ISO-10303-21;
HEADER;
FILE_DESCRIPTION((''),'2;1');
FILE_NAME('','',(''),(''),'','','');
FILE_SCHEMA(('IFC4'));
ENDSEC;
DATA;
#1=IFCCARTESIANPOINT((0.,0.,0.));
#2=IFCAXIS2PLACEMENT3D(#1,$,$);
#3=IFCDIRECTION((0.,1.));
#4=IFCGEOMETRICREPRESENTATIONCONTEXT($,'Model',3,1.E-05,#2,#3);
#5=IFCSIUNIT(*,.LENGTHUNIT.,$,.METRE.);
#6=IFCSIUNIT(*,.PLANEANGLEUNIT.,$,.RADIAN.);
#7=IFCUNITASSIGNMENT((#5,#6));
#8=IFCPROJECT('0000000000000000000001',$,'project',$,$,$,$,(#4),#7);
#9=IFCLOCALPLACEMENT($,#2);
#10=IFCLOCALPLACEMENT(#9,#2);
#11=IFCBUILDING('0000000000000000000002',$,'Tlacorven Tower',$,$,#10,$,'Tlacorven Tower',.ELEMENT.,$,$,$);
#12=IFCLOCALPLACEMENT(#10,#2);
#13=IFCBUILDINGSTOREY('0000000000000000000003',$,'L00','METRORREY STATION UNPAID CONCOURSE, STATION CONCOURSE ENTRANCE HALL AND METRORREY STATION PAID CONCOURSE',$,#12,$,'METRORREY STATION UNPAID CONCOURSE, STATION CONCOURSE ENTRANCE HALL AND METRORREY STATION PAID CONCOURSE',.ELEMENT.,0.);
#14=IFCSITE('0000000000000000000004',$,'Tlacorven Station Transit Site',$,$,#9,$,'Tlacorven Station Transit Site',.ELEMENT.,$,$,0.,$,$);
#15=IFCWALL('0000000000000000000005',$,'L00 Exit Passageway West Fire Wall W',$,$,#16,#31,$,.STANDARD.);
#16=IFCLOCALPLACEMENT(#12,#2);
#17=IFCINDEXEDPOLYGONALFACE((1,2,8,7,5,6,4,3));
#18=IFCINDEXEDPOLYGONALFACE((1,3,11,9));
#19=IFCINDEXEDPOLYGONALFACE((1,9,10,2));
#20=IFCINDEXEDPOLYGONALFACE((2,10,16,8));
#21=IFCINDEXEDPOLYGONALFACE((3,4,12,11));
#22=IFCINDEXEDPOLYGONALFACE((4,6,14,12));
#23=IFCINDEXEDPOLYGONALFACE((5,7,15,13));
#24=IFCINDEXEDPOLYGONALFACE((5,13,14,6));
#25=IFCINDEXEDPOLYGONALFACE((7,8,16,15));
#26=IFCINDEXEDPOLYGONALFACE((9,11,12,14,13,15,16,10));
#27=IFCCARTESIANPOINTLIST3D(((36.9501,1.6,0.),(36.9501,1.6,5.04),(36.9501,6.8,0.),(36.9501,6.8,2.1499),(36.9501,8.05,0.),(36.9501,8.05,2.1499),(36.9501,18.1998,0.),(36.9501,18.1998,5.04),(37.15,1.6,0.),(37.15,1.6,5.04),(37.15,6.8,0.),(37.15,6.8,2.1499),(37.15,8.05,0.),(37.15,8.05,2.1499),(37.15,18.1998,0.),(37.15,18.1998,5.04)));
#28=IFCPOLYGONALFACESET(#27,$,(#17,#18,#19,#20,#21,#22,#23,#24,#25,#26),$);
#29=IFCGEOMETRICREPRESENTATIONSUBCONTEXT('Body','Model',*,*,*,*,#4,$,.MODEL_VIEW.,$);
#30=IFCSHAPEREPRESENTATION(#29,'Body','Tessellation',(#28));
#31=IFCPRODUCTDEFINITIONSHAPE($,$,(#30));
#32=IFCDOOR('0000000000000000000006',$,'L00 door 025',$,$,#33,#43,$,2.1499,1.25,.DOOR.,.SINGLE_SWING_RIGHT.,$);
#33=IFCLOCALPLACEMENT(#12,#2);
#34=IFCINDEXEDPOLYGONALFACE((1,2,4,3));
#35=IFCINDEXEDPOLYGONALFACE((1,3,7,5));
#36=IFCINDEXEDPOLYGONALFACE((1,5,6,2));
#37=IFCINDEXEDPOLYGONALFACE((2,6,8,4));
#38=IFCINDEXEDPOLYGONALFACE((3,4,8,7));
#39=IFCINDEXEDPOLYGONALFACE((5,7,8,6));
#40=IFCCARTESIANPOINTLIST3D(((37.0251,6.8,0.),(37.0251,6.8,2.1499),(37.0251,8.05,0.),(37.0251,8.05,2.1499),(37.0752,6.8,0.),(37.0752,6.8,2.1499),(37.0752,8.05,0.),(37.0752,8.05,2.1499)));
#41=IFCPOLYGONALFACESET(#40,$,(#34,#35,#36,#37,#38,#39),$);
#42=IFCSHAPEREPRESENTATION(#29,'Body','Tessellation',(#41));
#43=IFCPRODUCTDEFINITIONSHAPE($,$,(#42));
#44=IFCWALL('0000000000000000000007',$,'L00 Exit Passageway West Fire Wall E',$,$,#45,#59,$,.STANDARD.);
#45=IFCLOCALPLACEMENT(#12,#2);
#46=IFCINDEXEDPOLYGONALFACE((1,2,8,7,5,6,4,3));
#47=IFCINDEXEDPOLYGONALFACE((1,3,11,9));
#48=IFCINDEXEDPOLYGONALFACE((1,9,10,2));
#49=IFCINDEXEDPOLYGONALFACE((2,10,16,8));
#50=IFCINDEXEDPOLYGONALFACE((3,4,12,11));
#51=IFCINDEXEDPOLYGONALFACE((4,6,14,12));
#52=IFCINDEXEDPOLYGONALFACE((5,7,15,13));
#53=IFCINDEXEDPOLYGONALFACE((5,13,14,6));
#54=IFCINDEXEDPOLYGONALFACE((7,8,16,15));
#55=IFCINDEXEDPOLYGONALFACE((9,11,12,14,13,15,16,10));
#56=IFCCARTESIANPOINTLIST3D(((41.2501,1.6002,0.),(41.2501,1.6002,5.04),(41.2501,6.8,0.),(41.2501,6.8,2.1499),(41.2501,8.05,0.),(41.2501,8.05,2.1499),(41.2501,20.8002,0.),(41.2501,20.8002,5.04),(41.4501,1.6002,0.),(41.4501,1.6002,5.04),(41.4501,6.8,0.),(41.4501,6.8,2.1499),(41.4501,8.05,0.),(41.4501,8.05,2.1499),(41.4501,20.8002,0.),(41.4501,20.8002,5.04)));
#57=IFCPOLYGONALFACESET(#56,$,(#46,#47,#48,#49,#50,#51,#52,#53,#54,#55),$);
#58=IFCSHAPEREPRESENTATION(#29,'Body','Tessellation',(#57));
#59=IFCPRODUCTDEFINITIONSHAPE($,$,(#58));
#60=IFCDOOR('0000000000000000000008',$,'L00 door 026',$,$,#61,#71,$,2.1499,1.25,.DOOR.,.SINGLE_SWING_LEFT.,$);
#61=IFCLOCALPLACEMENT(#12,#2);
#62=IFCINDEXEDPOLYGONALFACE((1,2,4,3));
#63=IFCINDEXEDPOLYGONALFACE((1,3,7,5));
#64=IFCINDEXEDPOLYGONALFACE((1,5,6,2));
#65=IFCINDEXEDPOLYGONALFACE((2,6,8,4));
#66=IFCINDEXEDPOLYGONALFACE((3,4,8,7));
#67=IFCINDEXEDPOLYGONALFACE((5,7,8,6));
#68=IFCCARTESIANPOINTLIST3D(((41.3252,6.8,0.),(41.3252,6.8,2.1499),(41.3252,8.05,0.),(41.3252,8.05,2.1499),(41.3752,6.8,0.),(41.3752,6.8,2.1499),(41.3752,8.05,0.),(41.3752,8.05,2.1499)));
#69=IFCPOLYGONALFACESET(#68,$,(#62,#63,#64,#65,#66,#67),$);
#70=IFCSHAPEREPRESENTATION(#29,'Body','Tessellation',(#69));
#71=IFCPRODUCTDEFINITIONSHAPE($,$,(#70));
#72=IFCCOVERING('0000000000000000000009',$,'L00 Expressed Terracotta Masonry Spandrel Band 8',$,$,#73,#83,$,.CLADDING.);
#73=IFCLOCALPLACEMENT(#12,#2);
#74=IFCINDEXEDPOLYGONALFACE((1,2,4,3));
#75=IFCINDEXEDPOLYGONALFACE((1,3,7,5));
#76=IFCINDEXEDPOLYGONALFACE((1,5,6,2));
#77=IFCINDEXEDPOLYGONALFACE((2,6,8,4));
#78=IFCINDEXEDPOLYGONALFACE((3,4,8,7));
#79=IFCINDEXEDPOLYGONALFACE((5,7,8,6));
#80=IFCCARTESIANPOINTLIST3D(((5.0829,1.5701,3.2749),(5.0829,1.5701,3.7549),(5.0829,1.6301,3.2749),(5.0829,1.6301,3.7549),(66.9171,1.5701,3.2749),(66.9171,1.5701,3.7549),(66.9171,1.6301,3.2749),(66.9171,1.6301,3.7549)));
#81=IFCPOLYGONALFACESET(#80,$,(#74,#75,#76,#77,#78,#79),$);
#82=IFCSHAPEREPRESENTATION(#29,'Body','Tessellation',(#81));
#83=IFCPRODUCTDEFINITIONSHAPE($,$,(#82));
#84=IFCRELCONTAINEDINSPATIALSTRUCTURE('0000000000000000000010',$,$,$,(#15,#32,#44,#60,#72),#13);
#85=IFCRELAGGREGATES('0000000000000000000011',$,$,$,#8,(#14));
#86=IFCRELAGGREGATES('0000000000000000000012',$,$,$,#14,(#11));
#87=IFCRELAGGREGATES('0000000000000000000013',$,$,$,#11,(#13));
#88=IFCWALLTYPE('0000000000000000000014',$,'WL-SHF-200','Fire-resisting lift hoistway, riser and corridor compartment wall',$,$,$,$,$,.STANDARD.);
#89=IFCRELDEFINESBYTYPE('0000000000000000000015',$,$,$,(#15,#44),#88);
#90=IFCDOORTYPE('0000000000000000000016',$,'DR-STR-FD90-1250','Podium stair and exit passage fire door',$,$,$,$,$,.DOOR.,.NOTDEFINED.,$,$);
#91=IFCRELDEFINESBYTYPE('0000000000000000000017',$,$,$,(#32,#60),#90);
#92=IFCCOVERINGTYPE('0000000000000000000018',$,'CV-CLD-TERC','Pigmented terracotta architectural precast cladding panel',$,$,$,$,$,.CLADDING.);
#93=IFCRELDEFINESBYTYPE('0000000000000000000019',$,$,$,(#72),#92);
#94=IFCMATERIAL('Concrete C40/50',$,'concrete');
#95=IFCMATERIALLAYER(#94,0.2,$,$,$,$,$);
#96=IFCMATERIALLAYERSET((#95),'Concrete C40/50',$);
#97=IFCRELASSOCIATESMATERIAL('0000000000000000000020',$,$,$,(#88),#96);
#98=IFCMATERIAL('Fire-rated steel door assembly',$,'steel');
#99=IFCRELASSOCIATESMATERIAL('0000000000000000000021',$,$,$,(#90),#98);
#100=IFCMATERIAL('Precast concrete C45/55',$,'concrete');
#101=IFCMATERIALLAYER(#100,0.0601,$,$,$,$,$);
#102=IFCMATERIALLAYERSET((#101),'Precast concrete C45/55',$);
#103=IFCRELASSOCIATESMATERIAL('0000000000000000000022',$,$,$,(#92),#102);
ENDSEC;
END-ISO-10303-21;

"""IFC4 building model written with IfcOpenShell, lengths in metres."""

from ifc_helpers import new_model, si_unit, direction, frame, frame_2d, origin, origin_2d, place, context, subcontext, project, spatial, rectangle, extrude, source, transform, mapped, material, layer, layer_set, type_object, element, fill, save


model = new_model("IFC4")

# Units and contexts
model_context = context("Model", 3, precision=1e-05, world=origin(), true_north=direction((0.0, 1.0)))
body_context = subcontext(model_context, "Body", "Model", "MODEL_VIEW")
ifc_project = project(units=[si_unit("LENGTHUNIT", "METRE"), si_unit("PLANEANGLEUNIT", "RADIAN")], contexts=[model_context])

# Site, building, storey
site_placement = place(None, origin())
site = spatial("IfcSite", under=ifc_project, at=site_placement, Name="Tlacorven Station Transit Site", LongName="Tlacorven Station Transit Site", CompositionType="ELEMENT", RefElevation=0.0)
building_placement = place(site_placement, origin())
building = spatial("IfcBuilding", under=site, at=building_placement, Name="Tlacorven Tower", LongName="Tlacorven Tower", CompositionType="ELEMENT")
storey_placement = place(building_placement, origin())
storey = spatial("IfcBuildingStorey", under=building, at=storey_placement, Name="L00", Description="METRORREY STATION UNPAID CONCOURSE, STATION CONCOURSE ENTRANCE HALL AND METRORREY STATION PAID CONCOURSE", LongName="METRORREY STATION UNPAID CONCOURSE, STATION CONCOURSE ENTRANCE HALL AND METRORREY STATION PAID CONCOURSE", CompositionType="ELEMENT", Elevation=0.0)

# Shared definitions
ifc_material_1 = material(Name="Concrete C40/50", Category="concrete")
ifc_layer_1 = layer(ifc_material_1, 0.2)
ifc_layer_set_1 = layer_set([ifc_layer_1], Name="Concrete C40/50")
wall_type_1 = type_object("IfcWallType", Name="WL-SHF-200", Description="Fire-resisting lift hoistway, riser and corridor compartment wall", PredefinedType="STANDARD", material=ifc_layer_set_1)
ifc_material_2 = material(Name="Fire-rated steel door assembly", Category="steel")

# Walls, openings, doors
wall_1_placement = place(storey_placement, frame((37.05, 1.6001, 0.0), z_axis=(0.0, 0.0, 1.0), x_axis=(0.0, 1.0, 0.0)))
wall_1 = element("IfcWall", 1, at=wall_1_placement, inside=storey, type_object=wall_type_1, Name="L00 Exit Passageway West Fire Wall W", PredefinedType="STANDARD", context=body_context, shape_type="SweptSolid", body=[
    extrude(rectangle(XDim=16.5999, YDim=0.2, at=frame_2d((8.2998, 0.0))), origin(), (0.0, 0.0, 1.0), 5.04),
])
opening_1_placement = place(wall_1_placement, frame((5.2, 0.0, 0.0)))
opening_1 = element("IfcOpeningElement", 2, at=opening_1_placement, cuts=wall_1, PredefinedType="OPENING", context=body_context, shape_type="SweptSolid", body=[
    extrude(rectangle(XDim=1.25, YDim=2.1499, at=frame_2d((0.625, 1.075))), frame((0.0, 0.1099, 0.0), z_axis=(0.0, -1.0, 0.0), x_axis=(1.0, 0.0, 0.0)), (0.0, 0.0, 1.0), 0.22),
])
door_type_1 = type_object("IfcDoorType", Name="DR-STR-FD90-1250", Description="Podium stair and exit passage fire door", OperationType="NOTDEFINED", PredefinedType="DOOR", material=ifc_material_2)
shared_shape_1 = source(origin(), body_context, "Body", "SweptSolid", [
    extrude(rectangle(XDim=1.25, YDim=2.1499, at=frame_2d((0.625, 1.075))), frame((0.0, 0.0249, 0.0), z_axis=(0.0, -1.0, 0.0), x_axis=(1.0, 0.0, 0.0)), (0.0, 0.0, 1.0), 0.05),
])
door_1_placement = place(opening_1_placement, origin())
door_1 = element("IfcDoor", 3, at=door_1_placement, inside=storey, type_object=door_type_1, Name="L00 door 025", OperationType="SINGLE_SWING_RIGHT", OverallHeight=2.1499, OverallWidth=1.25, PredefinedType="DOOR", context=body_context, shape_type="MappedRepresentation", body=[
    mapped(shared_shape_1, transform((0.0, 0.0, 0.0), scale=1.0)),
])
fill(opening_1, door_1)
wall_2_placement = place(storey_placement, frame((41.3501, 1.6001, 0.0), z_axis=(0.0, 0.0, 1.0), x_axis=(0.0, 1.0, 0.0)))
wall_2 = element("IfcWall", 4, at=wall_2_placement, inside=storey, type_object=wall_type_1, Name="L00 Exit Passageway West Fire Wall E", PredefinedType="STANDARD", context=body_context, shape_type="SweptSolid", body=[
    extrude(rectangle(XDim=19.2, YDim=0.2, at=frame_2d((9.6001, 0.0))), origin(), (0.0, 0.0, 1.0), 5.04),
])
opening_2_placement = place(wall_2_placement, frame((5.2, 0.0, 0.0)))
opening_2 = element("IfcOpeningElement", 5, at=opening_2_placement, cuts=wall_2, PredefinedType="OPENING", context=body_context, shape_type="SweptSolid", body=[
    extrude(rectangle(XDim=1.25, YDim=2.1499, at=frame_2d((0.625, 1.075))), frame((0.0, 0.1099, 0.0), z_axis=(0.0, -1.0, 0.0), x_axis=(1.0, 0.0, 0.0)), (0.0, 0.0, 1.0), 0.22),
])
door_2_placement = place(opening_2_placement, origin())
door_2 = element("IfcDoor", 6, at=door_2_placement, inside=storey, type_object=door_type_1, Name="L00 door 026", OperationType="SINGLE_SWING_LEFT", OverallHeight=2.1499, OverallWidth=1.25, PredefinedType="DOOR", context=body_context, shape_type="MappedRepresentation", body=[
    mapped(shared_shape_1, transform((0.0, 0.0, 0.0), scale=1.0)),
])
fill(opening_2, door_2)

# Covering
ifc_material_3 = material(Name="Precast concrete C45/55", Category="concrete")
ifc_layer_2 = layer(ifc_material_3, 0.0601)
ifc_layer_set_2 = layer_set([ifc_layer_2], Name="Precast concrete C45/55")
covering_type = type_object("IfcCoveringType", Name="CV-CLD-TERC", Description="Pigmented terracotta architectural precast cladding panel", PredefinedType="CLADDING", material=ifc_layer_set_2)
shared_shape_2 = source(origin(), body_context, "Body", "SweptSolid", [
    extrude(rectangle(XDim=61.8342, YDim=0.0601, at=origin_2d()), origin(), (0.0, 0.0, 1.0), 0.48),
])
covering_placement = place(storey_placement, frame((36.0, 1.6001, 3.2749), z_axis=(0.0, 0.0, 1.0), x_axis=(-1.0, 0.0, 0.0)))
element("IfcCovering", 7, at=covering_placement, inside=storey, type_object=covering_type, Name="L00 Expressed Terracotta Masonry Spandrel Band 8", PredefinedType="CLADDING", context=body_context, shape_type="MappedRepresentation", body=[
    mapped(shared_shape_2, transform((0.0, 0.0, 0.0), scale=1.0)),
])

save(model, "model.ifc")
